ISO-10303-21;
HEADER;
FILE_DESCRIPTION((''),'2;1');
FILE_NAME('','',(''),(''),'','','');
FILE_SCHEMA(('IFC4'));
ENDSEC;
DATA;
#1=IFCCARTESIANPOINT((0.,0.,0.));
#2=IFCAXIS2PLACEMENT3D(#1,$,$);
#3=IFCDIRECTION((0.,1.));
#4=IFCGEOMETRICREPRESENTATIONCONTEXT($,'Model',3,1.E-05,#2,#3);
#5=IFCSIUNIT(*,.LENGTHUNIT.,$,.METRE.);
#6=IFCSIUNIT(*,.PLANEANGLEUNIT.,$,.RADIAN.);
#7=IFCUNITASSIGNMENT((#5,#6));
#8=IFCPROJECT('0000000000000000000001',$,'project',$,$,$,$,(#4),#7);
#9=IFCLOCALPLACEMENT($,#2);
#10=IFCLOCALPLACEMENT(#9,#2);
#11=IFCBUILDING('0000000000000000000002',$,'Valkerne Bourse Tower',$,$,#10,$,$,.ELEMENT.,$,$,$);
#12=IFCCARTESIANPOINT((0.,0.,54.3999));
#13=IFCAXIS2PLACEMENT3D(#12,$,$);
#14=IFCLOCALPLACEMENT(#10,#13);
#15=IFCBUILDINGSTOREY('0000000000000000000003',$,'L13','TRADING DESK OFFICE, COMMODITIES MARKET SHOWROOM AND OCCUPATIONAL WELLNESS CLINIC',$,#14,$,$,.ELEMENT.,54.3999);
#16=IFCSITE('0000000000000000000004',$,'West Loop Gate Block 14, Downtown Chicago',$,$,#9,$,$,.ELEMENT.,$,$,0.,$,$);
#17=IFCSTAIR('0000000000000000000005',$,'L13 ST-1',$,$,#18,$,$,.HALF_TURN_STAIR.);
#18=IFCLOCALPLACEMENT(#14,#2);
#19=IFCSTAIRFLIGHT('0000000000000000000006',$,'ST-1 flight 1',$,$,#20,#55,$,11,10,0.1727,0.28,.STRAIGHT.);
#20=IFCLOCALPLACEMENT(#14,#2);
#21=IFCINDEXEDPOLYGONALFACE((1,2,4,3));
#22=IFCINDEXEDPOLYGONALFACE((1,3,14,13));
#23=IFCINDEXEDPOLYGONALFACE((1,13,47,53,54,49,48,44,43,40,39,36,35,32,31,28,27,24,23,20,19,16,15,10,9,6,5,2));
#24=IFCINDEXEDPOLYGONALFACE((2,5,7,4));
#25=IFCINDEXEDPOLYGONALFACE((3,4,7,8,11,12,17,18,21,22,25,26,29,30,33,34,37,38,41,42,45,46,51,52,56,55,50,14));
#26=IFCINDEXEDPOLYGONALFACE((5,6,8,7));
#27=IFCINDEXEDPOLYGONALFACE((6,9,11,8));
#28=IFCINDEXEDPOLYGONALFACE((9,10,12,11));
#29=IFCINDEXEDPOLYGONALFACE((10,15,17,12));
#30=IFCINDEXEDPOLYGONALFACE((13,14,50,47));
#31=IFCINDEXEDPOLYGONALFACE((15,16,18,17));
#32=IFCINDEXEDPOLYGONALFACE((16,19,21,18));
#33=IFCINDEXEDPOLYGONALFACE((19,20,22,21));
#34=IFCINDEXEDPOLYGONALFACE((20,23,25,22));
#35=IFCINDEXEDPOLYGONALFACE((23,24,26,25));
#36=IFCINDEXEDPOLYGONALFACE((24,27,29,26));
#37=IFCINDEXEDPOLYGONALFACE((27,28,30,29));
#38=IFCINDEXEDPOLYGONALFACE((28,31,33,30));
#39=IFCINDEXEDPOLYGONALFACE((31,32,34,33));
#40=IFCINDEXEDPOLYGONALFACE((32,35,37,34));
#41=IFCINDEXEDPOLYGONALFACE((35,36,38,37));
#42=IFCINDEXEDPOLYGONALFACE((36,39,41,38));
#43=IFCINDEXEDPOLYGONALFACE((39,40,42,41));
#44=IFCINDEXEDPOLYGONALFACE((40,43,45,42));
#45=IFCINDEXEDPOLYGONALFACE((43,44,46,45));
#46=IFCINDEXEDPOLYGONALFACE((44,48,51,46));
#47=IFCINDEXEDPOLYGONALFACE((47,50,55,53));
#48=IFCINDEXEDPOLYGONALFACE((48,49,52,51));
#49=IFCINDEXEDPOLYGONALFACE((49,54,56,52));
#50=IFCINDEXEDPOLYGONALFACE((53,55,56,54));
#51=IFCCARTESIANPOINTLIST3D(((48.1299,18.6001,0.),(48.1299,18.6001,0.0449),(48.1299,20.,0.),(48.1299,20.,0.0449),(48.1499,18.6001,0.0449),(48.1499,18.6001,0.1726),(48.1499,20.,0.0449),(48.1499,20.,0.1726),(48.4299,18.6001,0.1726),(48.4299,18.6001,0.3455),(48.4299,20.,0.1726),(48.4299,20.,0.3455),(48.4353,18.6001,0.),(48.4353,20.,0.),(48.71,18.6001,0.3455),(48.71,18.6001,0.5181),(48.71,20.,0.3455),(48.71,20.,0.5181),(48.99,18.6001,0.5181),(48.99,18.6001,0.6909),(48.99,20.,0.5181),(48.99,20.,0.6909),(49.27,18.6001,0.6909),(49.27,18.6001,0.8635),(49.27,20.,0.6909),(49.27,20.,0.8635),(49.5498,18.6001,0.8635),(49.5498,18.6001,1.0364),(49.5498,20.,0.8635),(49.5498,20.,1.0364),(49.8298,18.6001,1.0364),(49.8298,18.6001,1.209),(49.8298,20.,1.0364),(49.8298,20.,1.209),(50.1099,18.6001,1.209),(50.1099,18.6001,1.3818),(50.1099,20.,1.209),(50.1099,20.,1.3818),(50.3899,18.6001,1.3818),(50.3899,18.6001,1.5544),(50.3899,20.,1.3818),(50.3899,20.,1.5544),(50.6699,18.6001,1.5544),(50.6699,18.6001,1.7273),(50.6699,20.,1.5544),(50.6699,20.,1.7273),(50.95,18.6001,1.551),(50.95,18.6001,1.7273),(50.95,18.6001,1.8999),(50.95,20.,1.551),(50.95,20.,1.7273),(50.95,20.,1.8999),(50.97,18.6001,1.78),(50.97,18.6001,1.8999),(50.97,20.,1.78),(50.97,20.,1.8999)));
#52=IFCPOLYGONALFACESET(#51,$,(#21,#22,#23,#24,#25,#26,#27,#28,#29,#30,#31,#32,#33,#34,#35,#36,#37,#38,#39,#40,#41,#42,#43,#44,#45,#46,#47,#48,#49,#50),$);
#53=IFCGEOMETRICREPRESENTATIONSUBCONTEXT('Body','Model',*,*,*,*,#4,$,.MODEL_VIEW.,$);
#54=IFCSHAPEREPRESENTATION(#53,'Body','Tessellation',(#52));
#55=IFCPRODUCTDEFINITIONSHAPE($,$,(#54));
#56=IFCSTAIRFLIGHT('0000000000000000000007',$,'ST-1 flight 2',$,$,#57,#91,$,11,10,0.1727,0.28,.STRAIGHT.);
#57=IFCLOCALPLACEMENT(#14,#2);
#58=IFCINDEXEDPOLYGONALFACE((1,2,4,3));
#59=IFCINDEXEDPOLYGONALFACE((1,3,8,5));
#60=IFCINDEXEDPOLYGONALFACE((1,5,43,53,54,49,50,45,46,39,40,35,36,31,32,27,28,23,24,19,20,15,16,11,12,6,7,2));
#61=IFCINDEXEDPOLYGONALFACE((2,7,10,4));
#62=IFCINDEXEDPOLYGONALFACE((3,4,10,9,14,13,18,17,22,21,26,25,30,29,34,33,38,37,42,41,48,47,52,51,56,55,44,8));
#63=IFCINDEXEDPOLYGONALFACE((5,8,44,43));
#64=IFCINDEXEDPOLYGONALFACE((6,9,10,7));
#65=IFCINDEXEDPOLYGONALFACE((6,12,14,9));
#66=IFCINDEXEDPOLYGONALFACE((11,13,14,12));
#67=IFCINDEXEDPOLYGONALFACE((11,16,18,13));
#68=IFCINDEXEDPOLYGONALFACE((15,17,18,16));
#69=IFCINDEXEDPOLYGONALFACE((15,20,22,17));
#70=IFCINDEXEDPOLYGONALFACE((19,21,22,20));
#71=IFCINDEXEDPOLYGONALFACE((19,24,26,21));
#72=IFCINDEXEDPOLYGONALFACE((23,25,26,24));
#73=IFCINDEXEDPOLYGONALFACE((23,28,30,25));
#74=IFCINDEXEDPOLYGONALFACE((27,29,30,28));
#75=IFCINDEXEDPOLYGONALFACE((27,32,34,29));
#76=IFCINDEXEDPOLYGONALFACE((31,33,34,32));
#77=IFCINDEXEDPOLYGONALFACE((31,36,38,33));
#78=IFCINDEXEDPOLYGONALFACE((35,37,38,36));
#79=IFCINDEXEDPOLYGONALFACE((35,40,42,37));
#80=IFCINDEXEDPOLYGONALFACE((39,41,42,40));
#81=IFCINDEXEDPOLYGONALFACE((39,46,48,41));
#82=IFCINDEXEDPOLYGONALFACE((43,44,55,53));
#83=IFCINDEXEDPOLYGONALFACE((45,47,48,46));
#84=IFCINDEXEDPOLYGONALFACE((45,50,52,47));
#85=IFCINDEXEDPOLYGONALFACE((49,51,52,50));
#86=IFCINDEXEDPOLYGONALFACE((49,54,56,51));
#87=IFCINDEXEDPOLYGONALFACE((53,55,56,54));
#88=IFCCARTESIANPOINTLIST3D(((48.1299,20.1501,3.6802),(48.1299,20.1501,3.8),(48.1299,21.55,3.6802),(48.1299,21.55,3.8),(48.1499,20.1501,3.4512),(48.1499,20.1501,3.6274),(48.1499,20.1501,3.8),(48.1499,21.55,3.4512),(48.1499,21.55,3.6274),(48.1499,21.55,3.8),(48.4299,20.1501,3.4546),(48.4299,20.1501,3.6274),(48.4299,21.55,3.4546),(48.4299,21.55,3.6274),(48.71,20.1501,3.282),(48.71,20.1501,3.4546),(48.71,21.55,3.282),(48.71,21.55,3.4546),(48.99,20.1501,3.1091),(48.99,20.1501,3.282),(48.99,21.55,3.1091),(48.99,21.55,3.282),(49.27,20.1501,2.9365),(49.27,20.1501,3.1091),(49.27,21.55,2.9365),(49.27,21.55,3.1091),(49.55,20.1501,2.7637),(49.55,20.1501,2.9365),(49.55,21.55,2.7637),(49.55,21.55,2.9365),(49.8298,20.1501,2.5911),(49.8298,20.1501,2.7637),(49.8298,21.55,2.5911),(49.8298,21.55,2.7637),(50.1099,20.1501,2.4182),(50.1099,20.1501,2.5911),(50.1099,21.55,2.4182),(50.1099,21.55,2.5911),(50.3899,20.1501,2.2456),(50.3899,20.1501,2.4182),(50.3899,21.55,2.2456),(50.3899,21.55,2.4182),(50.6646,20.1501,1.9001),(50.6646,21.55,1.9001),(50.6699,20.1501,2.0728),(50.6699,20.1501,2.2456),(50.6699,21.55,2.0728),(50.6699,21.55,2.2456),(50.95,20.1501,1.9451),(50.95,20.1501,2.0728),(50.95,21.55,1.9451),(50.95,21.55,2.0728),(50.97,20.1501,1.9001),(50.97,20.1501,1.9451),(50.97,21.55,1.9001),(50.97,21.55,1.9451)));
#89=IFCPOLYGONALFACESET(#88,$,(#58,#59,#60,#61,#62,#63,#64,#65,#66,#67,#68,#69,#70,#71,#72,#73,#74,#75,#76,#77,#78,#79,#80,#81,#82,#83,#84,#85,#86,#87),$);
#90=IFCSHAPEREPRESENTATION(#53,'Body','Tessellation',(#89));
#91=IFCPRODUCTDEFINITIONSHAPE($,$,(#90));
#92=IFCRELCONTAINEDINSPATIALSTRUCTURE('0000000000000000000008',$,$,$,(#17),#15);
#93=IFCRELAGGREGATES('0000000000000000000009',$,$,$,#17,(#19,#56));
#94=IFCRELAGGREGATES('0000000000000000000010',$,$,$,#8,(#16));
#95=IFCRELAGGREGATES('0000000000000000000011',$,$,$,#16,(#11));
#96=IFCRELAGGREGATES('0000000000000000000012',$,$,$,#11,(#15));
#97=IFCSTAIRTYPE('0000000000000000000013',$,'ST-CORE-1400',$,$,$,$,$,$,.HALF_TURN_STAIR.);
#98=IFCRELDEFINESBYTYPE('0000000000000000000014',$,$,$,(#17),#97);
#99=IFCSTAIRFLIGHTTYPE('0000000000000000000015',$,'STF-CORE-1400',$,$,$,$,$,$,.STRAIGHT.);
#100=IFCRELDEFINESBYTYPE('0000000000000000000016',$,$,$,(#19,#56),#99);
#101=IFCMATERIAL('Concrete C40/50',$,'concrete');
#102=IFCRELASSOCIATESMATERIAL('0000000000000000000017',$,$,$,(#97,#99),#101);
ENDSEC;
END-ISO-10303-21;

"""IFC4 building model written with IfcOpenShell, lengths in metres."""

from ifc_helpers import new_model, si_unit, direction, frame, origin, place, context, subcontext, project, spatial, polyline, outline, extrude, material, type_object, element, aggregate, save


model = new_model("IFC4")

# Units and contexts
model_context = context("Model", 3, precision=1e-05, world=origin(), true_north=direction((0.0, 1.0)))
body_context = subcontext(model_context, "Body", "Model", "MODEL_VIEW")
ifc_project = project(units=[si_unit("LENGTHUNIT", "METRE"), si_unit("PLANEANGLEUNIT", "RADIAN")], contexts=[model_context])

# Site, building, storey
site_placement = place(None, origin())
site = spatial("IfcSite", under=ifc_project, at=site_placement, Name="West Loop Gate Block 14, Downtown Chicago", CompositionType="ELEMENT", RefElevation=0.0)
building_placement = place(site_placement, origin())
building = spatial("IfcBuilding", under=site, at=building_placement, Name="Valkerne Bourse Tower", CompositionType="ELEMENT")
storey_placement = place(building_placement, frame((0.0, 0.0, 54.3999)))
storey = spatial("IfcBuildingStorey", under=building, at=storey_placement, Name="L13", Description="TRADING DESK OFFICE, COMMODITIES MARKET SHOWROOM AND OCCUPATIONAL WELLNESS CLINIC", CompositionType="ELEMENT", Elevation=54.3999)

# Stair, stair flights
ifc_material_1 = material(Name="Concrete C40/50", Category="concrete")
stair_type = type_object("IfcStairType", Name="ST-CORE-1400", PredefinedType="HALF_TURN_STAIR", material=ifc_material_1)
stair_placement = place(storey_placement, origin())
stair = element("IfcStair", 1, at=stair_placement, inside=storey, type_object=stair_type, Name="L13 ST-1", PredefinedType="HALF_TURN_STAIR")
stair_flight_type = type_object("IfcStairFlightType", Name="STF-CORE-1400", PredefinedType="STRAIGHT", material=ifc_material_1)
stair_flight_1_placement = place(storey_placement, frame((48.1499, 19.3, 0.0), z_axis=(0.0, 0.0, 1.0), x_axis=(1.0, 0.0, 0.0)))
stair_flight_1 = element("IfcStairFlight", 2, at=stair_flight_1_placement, type_object=stair_flight_type, Name="ST-1 flight 1", NumberOfRisers=11, NumberOfTreads=10, PredefinedType="STRAIGHT", RiserHeight=0.1727, TreadLength=0.28, context=body_context, shape_type="SweptSolid", body=[
    extrude(outline(polyline([(-0.02, 0.0), (-0.02, 0.0449), (0.0, 0.0449), (0.0, 0.1726), (0.28, 0.1726), (0.28, 0.3455), (0.5601, 0.3455), (0.5601, 0.5181), (0.8401, 0.5181), (0.8401, 0.6909), (1.1201, 0.6909), (1.1201, 0.8635), (1.3999, 0.8635), (1.3999, 1.0364), (1.6799, 1.0364), (1.6799, 1.209), (1.96, 1.209), (1.96, 1.3818), (2.24, 1.3818), (2.24, 1.5544), (2.52, 1.5544), (2.52, 1.7273), (2.8, 1.7273), (2.8, 1.8999), (2.8201, 1.8999), (2.8201, 1.78), (2.8, 1.551), (0.2854, 0.0), (-0.02, 0.0)])), frame((0.0, 0.7, 0.0), z_axis=(0.0, -1.0, 0.0), x_axis=(1.0, 0.0, 0.0)), (0.0, 0.0, 1.0), 1.3999),
])
stair_flight_2_placement = place(storey_placement, frame((50.95, 20.8501, 1.9001), z_axis=(0.0, 0.0, 1.0), x_axis=(-1.0, 0.0, 0.0)))
stair_flight_2 = element("IfcStairFlight", 3, at=stair_flight_2_placement, type_object=stair_flight_type, Name="ST-1 flight 2", NumberOfRisers=11, NumberOfTreads=10, PredefinedType="STRAIGHT", RiserHeight=0.1727, TreadLength=0.28, context=body_context, shape_type="SweptSolid", body=[
    extrude(outline(polyline([(-0.02, 0.0), (-0.02, 0.0449), (0.0, 0.0449), (0.0, 0.1726), (0.28, 0.1726), (0.28, 0.3455), (0.5601, 0.3455), (0.5601, 0.5181), (0.8401, 0.5181), (0.8401, 0.6909), (1.1201, 0.6909), (1.1201, 0.8635), (1.3999, 0.8635), (1.3999, 1.0364), (1.6799, 1.0364), (1.6799, 1.209), (1.96, 1.209), (1.96, 1.3818), (2.24, 1.3818), (2.24, 1.5544), (2.52, 1.5544), (2.52, 1.7273), (2.8, 1.7273), (2.8, 1.8999), (2.8201, 1.8999), (2.8201, 1.78), (2.8, 1.551), (0.2854, 0.0), (-0.02, 0.0)])), frame((0.0, 0.7, 0.0), z_axis=(0.0, -1.0, 0.0), x_axis=(1.0, 0.0, 0.0)), (0.0, 0.0, 1.0), 1.3999),
])
aggregate(stair, [stair_flight_1, stair_flight_2])

save(model, "model.ifc")
